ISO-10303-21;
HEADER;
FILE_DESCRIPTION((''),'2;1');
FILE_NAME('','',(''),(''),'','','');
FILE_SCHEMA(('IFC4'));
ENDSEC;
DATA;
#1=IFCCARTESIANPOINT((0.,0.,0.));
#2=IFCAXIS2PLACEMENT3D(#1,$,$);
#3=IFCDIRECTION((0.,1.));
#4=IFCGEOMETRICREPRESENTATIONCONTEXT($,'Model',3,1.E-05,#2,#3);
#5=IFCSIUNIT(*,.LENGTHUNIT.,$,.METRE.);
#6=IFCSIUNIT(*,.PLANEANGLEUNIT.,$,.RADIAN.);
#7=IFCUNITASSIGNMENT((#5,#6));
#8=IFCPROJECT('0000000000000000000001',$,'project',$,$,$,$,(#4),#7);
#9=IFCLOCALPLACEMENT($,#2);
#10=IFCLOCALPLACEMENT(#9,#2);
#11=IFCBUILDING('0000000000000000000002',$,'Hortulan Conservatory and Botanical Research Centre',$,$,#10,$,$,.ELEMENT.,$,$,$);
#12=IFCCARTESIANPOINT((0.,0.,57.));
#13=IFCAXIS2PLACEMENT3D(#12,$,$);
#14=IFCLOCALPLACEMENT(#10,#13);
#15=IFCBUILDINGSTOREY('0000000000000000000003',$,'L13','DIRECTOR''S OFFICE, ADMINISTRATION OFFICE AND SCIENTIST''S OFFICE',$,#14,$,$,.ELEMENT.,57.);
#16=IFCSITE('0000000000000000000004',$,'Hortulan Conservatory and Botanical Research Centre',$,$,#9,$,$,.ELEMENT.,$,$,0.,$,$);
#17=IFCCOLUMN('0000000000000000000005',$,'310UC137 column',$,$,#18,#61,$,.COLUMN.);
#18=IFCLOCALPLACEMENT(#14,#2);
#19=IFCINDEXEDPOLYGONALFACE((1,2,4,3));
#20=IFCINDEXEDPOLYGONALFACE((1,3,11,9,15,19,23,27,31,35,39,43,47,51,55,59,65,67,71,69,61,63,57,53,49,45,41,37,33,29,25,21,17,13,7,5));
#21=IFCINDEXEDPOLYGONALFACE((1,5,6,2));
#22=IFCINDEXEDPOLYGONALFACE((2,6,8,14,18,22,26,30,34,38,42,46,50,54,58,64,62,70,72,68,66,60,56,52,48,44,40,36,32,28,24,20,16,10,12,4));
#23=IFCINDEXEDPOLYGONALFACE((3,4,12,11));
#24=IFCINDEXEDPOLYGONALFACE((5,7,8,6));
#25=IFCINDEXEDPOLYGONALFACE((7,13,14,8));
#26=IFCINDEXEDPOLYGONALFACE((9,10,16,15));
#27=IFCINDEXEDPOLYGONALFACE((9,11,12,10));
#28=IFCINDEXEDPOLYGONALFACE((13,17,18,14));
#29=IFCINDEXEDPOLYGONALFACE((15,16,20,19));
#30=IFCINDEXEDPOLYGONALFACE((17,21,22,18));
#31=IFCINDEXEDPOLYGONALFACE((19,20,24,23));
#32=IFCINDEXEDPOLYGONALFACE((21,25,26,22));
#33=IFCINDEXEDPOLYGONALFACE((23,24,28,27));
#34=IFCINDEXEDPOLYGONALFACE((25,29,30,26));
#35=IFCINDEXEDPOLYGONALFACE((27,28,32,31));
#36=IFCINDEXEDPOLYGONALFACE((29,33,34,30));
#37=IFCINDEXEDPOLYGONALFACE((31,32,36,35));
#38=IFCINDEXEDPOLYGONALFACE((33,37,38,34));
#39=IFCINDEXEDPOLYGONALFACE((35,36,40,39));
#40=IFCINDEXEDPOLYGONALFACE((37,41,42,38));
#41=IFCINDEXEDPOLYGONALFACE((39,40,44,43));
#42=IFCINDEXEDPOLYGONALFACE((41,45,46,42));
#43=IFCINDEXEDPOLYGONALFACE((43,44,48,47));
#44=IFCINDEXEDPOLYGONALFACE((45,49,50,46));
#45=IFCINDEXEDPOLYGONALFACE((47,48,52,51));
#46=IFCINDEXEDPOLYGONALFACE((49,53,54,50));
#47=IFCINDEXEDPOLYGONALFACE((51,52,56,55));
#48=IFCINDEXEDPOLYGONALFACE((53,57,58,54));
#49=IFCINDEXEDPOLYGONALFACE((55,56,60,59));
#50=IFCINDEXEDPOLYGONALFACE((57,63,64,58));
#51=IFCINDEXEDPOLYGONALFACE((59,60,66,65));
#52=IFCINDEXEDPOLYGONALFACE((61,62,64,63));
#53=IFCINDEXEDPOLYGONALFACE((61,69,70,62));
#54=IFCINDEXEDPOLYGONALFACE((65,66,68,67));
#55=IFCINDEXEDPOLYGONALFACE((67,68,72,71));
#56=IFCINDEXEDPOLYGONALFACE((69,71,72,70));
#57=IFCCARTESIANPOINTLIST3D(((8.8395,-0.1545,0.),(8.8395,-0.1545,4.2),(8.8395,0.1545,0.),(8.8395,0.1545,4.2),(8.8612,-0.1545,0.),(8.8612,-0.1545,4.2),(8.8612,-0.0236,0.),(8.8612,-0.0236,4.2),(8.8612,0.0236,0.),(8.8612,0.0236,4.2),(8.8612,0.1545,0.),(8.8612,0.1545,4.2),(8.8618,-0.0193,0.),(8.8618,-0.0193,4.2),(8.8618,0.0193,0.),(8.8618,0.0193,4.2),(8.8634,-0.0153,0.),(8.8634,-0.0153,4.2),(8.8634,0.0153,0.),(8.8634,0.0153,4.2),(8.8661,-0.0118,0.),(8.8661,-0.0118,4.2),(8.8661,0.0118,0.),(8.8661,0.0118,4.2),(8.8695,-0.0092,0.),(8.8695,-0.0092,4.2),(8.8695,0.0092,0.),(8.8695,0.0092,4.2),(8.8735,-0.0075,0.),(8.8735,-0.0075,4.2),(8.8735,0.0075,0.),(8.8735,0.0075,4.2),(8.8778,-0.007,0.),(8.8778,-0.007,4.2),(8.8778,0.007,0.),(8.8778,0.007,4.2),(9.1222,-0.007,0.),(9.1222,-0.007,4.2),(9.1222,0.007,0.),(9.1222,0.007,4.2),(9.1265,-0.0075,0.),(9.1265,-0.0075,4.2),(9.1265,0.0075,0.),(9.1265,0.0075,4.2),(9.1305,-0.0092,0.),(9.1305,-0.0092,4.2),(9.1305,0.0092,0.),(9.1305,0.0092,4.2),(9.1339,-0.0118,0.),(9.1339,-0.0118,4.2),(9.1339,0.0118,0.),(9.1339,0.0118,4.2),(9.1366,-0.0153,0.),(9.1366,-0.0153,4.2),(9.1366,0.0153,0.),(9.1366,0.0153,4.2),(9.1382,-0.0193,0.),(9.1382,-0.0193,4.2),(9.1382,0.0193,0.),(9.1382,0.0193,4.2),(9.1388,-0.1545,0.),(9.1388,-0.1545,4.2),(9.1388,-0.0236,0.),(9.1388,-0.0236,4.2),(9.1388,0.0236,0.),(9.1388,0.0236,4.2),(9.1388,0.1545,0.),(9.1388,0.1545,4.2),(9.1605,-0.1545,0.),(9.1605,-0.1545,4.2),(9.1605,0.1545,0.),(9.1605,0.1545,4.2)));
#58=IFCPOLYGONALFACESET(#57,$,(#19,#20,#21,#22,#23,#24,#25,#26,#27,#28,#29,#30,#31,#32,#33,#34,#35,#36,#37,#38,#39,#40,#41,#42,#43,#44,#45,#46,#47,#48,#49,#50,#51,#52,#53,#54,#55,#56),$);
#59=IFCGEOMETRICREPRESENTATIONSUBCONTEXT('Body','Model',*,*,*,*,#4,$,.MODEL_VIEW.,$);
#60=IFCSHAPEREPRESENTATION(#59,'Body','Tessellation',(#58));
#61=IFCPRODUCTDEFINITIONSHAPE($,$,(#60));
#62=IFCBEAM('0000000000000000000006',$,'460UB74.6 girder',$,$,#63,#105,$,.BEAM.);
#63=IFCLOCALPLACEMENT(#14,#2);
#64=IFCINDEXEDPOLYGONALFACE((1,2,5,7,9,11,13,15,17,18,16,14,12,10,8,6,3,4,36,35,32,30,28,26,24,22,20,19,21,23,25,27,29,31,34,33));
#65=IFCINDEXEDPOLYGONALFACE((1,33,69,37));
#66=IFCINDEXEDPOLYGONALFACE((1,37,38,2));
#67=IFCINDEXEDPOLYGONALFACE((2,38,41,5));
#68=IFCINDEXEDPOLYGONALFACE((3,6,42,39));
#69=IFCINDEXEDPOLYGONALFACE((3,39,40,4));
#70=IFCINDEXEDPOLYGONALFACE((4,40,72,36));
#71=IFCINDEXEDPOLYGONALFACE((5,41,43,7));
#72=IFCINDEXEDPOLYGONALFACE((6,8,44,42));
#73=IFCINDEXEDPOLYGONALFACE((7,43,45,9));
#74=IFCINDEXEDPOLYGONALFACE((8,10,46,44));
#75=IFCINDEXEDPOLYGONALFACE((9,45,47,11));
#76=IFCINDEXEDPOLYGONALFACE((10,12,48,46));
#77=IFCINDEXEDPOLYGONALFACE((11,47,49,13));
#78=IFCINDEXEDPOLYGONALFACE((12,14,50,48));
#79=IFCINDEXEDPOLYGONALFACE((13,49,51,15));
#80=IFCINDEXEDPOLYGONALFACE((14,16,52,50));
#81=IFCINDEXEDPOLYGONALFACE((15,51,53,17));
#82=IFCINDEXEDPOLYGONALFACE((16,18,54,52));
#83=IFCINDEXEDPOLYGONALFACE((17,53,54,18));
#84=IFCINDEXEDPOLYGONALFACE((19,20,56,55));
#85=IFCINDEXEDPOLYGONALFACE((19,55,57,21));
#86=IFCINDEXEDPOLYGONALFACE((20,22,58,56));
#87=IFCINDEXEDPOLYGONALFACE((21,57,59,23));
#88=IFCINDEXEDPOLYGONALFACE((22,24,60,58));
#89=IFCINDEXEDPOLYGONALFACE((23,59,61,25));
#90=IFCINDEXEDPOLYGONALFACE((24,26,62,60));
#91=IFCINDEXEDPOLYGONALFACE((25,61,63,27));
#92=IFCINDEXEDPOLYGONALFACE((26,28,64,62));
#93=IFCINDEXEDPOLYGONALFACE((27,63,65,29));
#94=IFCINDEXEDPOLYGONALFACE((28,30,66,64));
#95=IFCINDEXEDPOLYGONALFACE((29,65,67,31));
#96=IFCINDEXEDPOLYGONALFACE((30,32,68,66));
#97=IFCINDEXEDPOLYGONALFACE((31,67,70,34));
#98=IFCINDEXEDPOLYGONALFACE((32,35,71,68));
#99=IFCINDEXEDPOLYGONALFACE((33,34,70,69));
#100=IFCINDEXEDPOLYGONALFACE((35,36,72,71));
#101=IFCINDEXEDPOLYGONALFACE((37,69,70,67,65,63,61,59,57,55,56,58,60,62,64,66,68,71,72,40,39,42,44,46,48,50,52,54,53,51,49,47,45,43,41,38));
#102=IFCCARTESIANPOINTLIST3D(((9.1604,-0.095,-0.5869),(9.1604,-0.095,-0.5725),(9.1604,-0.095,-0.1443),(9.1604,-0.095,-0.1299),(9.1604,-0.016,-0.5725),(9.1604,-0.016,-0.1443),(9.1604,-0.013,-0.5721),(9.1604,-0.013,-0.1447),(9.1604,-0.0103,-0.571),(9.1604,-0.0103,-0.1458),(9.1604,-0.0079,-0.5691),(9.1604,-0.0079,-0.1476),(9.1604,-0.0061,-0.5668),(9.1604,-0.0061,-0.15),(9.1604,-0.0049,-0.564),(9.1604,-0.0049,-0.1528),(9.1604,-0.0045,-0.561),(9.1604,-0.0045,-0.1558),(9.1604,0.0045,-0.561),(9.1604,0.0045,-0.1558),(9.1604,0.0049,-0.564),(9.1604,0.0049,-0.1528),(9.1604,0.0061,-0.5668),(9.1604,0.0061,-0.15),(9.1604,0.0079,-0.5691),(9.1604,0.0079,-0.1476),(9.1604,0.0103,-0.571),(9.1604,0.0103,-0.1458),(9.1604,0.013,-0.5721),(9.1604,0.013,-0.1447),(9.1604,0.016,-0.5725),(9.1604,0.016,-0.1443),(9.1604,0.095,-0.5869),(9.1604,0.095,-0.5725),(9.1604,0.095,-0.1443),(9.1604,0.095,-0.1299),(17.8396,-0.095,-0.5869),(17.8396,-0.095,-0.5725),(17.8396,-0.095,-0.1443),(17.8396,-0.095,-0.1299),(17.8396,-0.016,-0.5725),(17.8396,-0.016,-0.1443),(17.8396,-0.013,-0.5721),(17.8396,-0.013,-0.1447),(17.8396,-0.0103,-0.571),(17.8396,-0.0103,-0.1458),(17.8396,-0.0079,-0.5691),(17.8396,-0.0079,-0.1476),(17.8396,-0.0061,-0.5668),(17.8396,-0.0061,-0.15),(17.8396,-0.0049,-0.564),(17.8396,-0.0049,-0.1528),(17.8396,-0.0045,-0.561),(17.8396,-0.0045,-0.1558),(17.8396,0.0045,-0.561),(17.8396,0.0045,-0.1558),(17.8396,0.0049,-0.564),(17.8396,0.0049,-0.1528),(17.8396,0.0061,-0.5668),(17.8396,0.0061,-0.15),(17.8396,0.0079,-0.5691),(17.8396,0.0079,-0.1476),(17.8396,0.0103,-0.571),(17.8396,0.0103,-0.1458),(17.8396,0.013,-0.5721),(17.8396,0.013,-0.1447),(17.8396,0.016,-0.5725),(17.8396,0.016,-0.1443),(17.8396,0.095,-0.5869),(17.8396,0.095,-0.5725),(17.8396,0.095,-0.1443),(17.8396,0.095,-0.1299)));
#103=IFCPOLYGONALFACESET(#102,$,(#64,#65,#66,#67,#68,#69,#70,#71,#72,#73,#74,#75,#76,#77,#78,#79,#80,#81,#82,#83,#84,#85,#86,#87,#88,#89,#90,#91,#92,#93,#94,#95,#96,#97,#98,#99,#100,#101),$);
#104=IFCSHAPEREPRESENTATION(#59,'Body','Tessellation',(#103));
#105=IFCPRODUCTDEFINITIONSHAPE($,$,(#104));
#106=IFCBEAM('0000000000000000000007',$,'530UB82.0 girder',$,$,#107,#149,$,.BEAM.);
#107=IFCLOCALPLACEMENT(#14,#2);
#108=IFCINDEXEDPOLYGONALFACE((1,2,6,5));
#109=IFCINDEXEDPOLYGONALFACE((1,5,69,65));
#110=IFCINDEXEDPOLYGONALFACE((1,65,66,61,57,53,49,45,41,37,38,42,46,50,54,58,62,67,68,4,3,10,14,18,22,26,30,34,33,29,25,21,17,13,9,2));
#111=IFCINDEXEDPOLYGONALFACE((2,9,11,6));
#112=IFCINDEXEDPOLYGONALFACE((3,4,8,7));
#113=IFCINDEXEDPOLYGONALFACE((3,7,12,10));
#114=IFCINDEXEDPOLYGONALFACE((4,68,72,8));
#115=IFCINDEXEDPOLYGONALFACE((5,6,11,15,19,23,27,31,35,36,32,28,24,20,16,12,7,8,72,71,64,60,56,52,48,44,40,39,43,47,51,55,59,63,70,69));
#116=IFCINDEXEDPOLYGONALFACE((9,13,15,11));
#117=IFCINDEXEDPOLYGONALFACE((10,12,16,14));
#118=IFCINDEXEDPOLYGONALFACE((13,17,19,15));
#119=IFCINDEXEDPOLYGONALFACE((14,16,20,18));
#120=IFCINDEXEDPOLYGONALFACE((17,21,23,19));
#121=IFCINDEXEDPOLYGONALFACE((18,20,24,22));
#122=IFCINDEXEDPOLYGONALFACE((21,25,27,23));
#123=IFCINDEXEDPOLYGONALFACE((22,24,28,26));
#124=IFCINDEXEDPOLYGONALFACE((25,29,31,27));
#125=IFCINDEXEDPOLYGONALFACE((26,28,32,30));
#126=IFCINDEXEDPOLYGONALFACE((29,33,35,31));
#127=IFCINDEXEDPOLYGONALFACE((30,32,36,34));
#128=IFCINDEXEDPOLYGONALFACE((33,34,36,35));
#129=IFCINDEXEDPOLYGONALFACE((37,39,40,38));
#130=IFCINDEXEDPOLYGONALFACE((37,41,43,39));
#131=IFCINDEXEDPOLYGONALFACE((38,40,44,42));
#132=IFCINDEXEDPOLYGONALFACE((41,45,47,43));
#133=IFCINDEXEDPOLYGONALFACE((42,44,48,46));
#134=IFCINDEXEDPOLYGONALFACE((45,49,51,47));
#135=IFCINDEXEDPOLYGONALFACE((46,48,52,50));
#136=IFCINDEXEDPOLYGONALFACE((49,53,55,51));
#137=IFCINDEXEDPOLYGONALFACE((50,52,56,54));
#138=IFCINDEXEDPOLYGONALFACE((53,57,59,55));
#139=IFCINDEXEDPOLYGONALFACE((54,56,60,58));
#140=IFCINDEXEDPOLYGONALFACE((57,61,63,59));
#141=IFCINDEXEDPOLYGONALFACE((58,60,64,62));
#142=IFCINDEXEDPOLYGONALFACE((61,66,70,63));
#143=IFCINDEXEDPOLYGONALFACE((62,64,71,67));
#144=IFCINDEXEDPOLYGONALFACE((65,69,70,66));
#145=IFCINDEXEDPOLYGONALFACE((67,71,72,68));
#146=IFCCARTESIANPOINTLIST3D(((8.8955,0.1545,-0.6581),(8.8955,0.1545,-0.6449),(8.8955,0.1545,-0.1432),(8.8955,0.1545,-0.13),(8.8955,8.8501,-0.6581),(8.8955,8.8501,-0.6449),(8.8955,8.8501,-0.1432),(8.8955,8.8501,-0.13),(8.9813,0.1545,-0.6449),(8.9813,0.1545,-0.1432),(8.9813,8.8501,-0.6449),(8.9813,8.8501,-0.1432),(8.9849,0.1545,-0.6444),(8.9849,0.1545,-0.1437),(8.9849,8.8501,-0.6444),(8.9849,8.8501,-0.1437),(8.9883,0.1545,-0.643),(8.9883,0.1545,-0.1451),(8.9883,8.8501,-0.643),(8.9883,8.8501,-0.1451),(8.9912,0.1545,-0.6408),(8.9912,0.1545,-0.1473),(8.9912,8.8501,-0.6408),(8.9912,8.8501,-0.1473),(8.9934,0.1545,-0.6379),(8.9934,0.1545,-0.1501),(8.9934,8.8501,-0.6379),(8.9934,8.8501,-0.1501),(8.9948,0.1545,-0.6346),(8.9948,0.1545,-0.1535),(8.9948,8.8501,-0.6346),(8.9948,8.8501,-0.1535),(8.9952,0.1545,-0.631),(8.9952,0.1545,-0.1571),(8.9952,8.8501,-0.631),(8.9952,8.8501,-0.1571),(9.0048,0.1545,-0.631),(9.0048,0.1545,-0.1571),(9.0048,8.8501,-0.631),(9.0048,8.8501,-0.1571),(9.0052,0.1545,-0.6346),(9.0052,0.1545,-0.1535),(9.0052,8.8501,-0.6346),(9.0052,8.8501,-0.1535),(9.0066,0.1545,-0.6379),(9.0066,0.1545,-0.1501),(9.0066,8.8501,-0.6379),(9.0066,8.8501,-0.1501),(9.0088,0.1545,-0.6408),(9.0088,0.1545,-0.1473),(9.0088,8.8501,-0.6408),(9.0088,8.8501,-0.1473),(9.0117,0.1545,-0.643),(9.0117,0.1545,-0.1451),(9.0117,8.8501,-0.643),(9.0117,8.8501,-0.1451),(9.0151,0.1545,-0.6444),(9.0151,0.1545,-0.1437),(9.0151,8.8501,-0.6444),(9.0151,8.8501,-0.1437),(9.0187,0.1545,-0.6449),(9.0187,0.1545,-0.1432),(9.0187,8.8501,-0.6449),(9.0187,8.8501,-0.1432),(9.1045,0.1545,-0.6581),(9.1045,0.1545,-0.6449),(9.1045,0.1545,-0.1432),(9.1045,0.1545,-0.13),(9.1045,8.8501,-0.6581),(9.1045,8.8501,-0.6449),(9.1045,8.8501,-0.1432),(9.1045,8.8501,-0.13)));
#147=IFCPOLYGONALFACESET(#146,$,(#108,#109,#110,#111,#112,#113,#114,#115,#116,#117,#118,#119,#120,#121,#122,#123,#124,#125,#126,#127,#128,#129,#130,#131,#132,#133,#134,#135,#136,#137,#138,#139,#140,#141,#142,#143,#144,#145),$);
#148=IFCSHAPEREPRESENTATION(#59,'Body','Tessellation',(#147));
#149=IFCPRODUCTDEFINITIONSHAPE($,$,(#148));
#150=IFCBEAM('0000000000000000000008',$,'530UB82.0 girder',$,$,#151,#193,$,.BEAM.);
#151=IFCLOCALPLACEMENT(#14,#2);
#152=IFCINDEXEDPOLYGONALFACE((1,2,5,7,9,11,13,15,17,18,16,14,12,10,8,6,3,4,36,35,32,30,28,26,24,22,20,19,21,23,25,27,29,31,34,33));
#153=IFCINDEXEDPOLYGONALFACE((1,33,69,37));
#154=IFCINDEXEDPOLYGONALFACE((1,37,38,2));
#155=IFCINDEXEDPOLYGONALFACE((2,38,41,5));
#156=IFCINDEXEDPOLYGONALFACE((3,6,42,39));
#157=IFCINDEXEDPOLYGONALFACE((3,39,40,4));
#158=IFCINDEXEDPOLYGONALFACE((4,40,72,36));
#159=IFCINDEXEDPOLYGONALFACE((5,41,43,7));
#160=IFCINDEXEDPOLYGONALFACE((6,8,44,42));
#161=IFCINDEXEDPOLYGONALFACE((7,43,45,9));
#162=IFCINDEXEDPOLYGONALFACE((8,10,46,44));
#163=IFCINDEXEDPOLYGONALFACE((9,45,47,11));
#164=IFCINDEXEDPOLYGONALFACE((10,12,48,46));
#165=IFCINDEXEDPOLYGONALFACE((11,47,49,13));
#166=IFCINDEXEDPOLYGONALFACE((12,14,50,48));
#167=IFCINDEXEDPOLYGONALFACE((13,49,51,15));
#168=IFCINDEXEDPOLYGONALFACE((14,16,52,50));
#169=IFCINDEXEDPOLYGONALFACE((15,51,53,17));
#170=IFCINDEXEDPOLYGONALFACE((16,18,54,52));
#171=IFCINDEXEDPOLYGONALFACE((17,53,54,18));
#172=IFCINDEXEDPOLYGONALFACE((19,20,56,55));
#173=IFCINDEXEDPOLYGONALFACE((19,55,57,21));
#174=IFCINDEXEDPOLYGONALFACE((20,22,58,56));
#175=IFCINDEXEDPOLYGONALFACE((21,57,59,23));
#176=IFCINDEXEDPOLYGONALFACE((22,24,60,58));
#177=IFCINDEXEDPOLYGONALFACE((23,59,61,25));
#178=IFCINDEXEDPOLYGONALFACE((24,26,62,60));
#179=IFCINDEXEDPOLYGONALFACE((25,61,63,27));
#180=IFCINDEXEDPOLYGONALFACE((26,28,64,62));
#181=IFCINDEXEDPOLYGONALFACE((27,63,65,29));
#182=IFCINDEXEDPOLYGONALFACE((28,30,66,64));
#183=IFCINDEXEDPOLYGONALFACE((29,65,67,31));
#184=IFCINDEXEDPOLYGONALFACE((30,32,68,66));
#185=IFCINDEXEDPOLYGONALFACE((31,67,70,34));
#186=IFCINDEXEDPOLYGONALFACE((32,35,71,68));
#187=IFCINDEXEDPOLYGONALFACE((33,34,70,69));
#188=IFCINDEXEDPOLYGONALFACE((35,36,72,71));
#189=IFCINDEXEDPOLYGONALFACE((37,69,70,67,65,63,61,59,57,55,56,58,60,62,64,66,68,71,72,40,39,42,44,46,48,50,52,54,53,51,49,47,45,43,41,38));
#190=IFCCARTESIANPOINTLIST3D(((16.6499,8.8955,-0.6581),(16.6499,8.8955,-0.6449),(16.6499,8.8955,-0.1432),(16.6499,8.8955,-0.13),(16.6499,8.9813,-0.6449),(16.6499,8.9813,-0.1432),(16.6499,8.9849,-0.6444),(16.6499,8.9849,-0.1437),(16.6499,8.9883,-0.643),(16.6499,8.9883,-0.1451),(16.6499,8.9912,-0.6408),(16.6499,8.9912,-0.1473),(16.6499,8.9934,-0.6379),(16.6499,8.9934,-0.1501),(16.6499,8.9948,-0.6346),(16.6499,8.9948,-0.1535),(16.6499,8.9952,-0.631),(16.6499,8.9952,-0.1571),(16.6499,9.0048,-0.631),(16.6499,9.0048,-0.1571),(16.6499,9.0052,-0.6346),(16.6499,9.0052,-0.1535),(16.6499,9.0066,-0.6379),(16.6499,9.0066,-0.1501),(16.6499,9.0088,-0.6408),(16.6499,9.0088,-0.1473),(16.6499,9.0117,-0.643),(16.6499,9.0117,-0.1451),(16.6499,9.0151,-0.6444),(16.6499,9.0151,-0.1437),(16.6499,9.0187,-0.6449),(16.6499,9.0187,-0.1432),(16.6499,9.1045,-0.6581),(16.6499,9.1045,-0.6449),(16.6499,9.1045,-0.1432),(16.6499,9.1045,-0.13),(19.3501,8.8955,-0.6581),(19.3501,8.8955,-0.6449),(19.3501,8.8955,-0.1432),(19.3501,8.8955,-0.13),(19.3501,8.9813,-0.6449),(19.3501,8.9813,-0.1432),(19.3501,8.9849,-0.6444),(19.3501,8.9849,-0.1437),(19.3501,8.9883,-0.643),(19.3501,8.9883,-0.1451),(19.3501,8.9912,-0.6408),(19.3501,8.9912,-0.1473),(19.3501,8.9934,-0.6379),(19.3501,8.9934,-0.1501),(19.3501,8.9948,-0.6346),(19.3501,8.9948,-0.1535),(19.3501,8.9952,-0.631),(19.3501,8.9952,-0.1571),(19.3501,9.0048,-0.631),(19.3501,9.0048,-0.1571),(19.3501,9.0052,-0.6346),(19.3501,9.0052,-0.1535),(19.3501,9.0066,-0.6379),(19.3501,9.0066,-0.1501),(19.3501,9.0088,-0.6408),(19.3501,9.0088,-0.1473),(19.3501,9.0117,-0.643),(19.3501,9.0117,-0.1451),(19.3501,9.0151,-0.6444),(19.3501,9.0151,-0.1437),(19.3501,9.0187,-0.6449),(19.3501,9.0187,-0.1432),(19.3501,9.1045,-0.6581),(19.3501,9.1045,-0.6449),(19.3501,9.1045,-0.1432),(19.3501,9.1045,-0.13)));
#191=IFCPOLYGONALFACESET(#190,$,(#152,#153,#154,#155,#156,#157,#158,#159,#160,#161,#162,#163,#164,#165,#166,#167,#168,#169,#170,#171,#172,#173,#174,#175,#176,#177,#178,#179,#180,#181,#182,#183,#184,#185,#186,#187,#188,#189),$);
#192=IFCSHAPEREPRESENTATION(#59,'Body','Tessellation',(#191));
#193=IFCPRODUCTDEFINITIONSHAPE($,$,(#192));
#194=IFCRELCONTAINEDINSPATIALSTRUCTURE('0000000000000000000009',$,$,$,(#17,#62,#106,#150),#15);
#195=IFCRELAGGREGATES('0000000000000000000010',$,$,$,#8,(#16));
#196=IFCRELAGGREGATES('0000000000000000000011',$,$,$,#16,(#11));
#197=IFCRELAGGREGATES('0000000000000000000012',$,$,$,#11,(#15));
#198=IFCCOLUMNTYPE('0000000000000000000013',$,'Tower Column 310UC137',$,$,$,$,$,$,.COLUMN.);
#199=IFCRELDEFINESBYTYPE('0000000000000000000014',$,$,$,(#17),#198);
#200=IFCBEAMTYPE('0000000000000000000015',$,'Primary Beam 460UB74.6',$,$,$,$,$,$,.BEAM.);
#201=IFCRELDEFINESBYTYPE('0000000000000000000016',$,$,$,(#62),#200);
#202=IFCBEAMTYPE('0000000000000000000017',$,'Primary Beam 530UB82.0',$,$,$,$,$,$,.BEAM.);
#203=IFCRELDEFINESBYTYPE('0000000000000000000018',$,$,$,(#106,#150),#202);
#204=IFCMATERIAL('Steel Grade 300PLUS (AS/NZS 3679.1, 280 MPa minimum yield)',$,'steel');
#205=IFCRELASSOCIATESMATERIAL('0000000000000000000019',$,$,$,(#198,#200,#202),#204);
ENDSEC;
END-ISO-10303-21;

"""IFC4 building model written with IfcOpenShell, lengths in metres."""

from ifc_helpers import new_model, si_unit, direction, frame, origin, origin_2d, place, context, subcontext, project, spatial, i_section, extrude, material, material_profile, profile_set, type_object, element, save


model = new_model("IFC4")

# Units and contexts
model_context = context("Model", 3, precision=1e-05, world=origin(), true_north=direction((0.0, 1.0)))
body_context = subcontext(model_context, "Body", "Model", "MODEL_VIEW")
ifc_project = project(units=[si_unit("LENGTHUNIT", "METRE"), si_unit("PLANEANGLEUNIT", "RADIAN")], contexts=[model_context])

# Site, building, storey
site_placement = place(None, origin())
site = spatial("IfcSite", under=ifc_project, at=site_placement, Name="Hortulan Conservatory and Botanical Research Centre", CompositionType="ELEMENT", RefElevation=0.0)
building_placement = place(site_placement, origin())
building = spatial("IfcBuilding", under=site, at=building_placement, Name="Hortulan Conservatory and Botanical Research Centre", CompositionType="ELEMENT")
storey_placement = place(building_placement, frame((0.0, 0.0, 57.0)))
storey = spatial("IfcBuildingStorey", under=building, at=storey_placement, Name="L13", Description="DIRECTOR'S OFFICE, ADMINISTRATION OFFICE AND SCIENTIST'S OFFICE", CompositionType="ELEMENT", Elevation=57.0)

# Column
ifc_material_1 = material(Name="Steel Grade 300PLUS (AS/NZS 3679.1, 280 MPa minimum yield)", Category="steel")
ifc_material_profile_1 = material_profile(ifc_material_1, i_section(OverallWidth=0.3091, OverallDepth=0.321, WebThickness=0.0139, FlangeThickness=0.0217, FilletRadius=0.0166, at=origin_2d()), Name="310UC137")
ifc_profile_set_1 = profile_set([ifc_material_profile_1], Name="Steel Grade 300PLUS (AS/NZS 3679.1, 280 MPa minimum yield)")
column_type = type_object("IfcColumnType", Name="Tower Column 310UC137", PredefinedType="COLUMN", material=ifc_profile_set_1)
column_placement = place(storey_placement, frame((9.0, 0.0, 0.0), z_axis=(0.0, 0.0, 1.0), x_axis=(0.0, 1.0, 0.0)))
element("IfcColumn", 1, at=column_placement, inside=storey, type_object=column_type, Name="310UC137 column", PredefinedType="COLUMN", context=body_context, shape_type="SweptSolid", body=[
    extrude(i_section(OverallWidth=0.3091, OverallDepth=0.321, WebThickness=0.0139, FlangeThickness=0.0217, FilletRadius=0.0166, at=origin_2d()), origin(), (0.0, 0.0, 1.0), 4.2),
])

# Beams
ifc_material_profile_2 = material_profile(ifc_material_1, i_section(OverallWidth=0.1899, OverallDepth=0.457, WebThickness=0.009, FlangeThickness=0.0144, FilletRadius=0.0115, at=origin_2d()), Name="460UB74.6")
ifc_profile_set_2 = profile_set([ifc_material_profile_2], Name="Steel Grade 300PLUS (AS/NZS 3679.1, 280 MPa minimum yield)")
beam_type_1 = type_object("IfcBeamType", Name="Primary Beam 460UB74.6", PredefinedType="BEAM", material=ifc_profile_set_2)
beam_1_placement = place(storey_placement, frame((9.1604, 0.0, -0.3584), z_axis=(1.0, 0.0, 0.0), x_axis=(0.0, 1.0, 0.0)))
element("IfcBeam", 2, at=beam_1_placement, inside=storey, type_object=beam_type_1, Name="460UB74.6 girder", PredefinedType="BEAM", context=body_context, shape_type="SweptSolid", body=[
    extrude(i_section(OverallWidth=0.1899, OverallDepth=0.457, WebThickness=0.009, FlangeThickness=0.0144, FilletRadius=0.0115, at=origin_2d()), origin(), (0.0, 0.0, 1.0), 8.6792),
])
ifc_material_profile_3 = material_profile(ifc_material_1, i_section(OverallWidth=0.209, OverallDepth=0.5281, WebThickness=0.0095, FlangeThickness=0.0132, FilletRadius=0.0139, at=origin_2d()), Name="530UB82.0")
ifc_profile_set_3 = profile_set([ifc_material_profile_3], Name="Steel Grade 300PLUS (AS/NZS 3679.1, 280 MPa minimum yield)")
beam_type_2 = type_object("IfcBeamType", Name="Primary Beam 530UB82.0", PredefinedType="BEAM", material=ifc_profile_set_3)
beam_2_placement = place(storey_placement, frame((9.0, 0.1545, -0.394), z_axis=(0.0, 1.0, 0.0), x_axis=(-1.0, 0.0, 0.0)))
element("IfcBeam", 3, at=beam_2_placement, inside=storey, type_object=beam_type_2, Name="530UB82.0 girder", PredefinedType="BEAM", context=body_context, shape_type="SweptSolid", body=[
    extrude(i_section(OverallWidth=0.209, OverallDepth=0.5281, WebThickness=0.0095, FlangeThickness=0.0132, FilletRadius=0.0139, at=origin_2d()), origin(), (0.0, 0.0, 1.0), 8.6956),
])
beam_3_placement = place(storey_placement, frame((16.6499, 9.0, -0.394), z_axis=(1.0, 0.0, 0.0), x_axis=(0.0, 1.0, 0.0)))
element("IfcBeam", 4, at=beam_3_placement, inside=storey, type_object=beam_type_2, Name="530UB82.0 girder", PredefinedType="BEAM", context=body_context, shape_type="SweptSolid", body=[
    extrude(i_section(OverallWidth=0.209, OverallDepth=0.5281, WebThickness=0.0095, FlangeThickness=0.0132, FilletRadius=0.0139, at=origin_2d()), origin(), (0.0, 0.0, 1.0), 2.7002),
])

save(model, "model.ifc")
